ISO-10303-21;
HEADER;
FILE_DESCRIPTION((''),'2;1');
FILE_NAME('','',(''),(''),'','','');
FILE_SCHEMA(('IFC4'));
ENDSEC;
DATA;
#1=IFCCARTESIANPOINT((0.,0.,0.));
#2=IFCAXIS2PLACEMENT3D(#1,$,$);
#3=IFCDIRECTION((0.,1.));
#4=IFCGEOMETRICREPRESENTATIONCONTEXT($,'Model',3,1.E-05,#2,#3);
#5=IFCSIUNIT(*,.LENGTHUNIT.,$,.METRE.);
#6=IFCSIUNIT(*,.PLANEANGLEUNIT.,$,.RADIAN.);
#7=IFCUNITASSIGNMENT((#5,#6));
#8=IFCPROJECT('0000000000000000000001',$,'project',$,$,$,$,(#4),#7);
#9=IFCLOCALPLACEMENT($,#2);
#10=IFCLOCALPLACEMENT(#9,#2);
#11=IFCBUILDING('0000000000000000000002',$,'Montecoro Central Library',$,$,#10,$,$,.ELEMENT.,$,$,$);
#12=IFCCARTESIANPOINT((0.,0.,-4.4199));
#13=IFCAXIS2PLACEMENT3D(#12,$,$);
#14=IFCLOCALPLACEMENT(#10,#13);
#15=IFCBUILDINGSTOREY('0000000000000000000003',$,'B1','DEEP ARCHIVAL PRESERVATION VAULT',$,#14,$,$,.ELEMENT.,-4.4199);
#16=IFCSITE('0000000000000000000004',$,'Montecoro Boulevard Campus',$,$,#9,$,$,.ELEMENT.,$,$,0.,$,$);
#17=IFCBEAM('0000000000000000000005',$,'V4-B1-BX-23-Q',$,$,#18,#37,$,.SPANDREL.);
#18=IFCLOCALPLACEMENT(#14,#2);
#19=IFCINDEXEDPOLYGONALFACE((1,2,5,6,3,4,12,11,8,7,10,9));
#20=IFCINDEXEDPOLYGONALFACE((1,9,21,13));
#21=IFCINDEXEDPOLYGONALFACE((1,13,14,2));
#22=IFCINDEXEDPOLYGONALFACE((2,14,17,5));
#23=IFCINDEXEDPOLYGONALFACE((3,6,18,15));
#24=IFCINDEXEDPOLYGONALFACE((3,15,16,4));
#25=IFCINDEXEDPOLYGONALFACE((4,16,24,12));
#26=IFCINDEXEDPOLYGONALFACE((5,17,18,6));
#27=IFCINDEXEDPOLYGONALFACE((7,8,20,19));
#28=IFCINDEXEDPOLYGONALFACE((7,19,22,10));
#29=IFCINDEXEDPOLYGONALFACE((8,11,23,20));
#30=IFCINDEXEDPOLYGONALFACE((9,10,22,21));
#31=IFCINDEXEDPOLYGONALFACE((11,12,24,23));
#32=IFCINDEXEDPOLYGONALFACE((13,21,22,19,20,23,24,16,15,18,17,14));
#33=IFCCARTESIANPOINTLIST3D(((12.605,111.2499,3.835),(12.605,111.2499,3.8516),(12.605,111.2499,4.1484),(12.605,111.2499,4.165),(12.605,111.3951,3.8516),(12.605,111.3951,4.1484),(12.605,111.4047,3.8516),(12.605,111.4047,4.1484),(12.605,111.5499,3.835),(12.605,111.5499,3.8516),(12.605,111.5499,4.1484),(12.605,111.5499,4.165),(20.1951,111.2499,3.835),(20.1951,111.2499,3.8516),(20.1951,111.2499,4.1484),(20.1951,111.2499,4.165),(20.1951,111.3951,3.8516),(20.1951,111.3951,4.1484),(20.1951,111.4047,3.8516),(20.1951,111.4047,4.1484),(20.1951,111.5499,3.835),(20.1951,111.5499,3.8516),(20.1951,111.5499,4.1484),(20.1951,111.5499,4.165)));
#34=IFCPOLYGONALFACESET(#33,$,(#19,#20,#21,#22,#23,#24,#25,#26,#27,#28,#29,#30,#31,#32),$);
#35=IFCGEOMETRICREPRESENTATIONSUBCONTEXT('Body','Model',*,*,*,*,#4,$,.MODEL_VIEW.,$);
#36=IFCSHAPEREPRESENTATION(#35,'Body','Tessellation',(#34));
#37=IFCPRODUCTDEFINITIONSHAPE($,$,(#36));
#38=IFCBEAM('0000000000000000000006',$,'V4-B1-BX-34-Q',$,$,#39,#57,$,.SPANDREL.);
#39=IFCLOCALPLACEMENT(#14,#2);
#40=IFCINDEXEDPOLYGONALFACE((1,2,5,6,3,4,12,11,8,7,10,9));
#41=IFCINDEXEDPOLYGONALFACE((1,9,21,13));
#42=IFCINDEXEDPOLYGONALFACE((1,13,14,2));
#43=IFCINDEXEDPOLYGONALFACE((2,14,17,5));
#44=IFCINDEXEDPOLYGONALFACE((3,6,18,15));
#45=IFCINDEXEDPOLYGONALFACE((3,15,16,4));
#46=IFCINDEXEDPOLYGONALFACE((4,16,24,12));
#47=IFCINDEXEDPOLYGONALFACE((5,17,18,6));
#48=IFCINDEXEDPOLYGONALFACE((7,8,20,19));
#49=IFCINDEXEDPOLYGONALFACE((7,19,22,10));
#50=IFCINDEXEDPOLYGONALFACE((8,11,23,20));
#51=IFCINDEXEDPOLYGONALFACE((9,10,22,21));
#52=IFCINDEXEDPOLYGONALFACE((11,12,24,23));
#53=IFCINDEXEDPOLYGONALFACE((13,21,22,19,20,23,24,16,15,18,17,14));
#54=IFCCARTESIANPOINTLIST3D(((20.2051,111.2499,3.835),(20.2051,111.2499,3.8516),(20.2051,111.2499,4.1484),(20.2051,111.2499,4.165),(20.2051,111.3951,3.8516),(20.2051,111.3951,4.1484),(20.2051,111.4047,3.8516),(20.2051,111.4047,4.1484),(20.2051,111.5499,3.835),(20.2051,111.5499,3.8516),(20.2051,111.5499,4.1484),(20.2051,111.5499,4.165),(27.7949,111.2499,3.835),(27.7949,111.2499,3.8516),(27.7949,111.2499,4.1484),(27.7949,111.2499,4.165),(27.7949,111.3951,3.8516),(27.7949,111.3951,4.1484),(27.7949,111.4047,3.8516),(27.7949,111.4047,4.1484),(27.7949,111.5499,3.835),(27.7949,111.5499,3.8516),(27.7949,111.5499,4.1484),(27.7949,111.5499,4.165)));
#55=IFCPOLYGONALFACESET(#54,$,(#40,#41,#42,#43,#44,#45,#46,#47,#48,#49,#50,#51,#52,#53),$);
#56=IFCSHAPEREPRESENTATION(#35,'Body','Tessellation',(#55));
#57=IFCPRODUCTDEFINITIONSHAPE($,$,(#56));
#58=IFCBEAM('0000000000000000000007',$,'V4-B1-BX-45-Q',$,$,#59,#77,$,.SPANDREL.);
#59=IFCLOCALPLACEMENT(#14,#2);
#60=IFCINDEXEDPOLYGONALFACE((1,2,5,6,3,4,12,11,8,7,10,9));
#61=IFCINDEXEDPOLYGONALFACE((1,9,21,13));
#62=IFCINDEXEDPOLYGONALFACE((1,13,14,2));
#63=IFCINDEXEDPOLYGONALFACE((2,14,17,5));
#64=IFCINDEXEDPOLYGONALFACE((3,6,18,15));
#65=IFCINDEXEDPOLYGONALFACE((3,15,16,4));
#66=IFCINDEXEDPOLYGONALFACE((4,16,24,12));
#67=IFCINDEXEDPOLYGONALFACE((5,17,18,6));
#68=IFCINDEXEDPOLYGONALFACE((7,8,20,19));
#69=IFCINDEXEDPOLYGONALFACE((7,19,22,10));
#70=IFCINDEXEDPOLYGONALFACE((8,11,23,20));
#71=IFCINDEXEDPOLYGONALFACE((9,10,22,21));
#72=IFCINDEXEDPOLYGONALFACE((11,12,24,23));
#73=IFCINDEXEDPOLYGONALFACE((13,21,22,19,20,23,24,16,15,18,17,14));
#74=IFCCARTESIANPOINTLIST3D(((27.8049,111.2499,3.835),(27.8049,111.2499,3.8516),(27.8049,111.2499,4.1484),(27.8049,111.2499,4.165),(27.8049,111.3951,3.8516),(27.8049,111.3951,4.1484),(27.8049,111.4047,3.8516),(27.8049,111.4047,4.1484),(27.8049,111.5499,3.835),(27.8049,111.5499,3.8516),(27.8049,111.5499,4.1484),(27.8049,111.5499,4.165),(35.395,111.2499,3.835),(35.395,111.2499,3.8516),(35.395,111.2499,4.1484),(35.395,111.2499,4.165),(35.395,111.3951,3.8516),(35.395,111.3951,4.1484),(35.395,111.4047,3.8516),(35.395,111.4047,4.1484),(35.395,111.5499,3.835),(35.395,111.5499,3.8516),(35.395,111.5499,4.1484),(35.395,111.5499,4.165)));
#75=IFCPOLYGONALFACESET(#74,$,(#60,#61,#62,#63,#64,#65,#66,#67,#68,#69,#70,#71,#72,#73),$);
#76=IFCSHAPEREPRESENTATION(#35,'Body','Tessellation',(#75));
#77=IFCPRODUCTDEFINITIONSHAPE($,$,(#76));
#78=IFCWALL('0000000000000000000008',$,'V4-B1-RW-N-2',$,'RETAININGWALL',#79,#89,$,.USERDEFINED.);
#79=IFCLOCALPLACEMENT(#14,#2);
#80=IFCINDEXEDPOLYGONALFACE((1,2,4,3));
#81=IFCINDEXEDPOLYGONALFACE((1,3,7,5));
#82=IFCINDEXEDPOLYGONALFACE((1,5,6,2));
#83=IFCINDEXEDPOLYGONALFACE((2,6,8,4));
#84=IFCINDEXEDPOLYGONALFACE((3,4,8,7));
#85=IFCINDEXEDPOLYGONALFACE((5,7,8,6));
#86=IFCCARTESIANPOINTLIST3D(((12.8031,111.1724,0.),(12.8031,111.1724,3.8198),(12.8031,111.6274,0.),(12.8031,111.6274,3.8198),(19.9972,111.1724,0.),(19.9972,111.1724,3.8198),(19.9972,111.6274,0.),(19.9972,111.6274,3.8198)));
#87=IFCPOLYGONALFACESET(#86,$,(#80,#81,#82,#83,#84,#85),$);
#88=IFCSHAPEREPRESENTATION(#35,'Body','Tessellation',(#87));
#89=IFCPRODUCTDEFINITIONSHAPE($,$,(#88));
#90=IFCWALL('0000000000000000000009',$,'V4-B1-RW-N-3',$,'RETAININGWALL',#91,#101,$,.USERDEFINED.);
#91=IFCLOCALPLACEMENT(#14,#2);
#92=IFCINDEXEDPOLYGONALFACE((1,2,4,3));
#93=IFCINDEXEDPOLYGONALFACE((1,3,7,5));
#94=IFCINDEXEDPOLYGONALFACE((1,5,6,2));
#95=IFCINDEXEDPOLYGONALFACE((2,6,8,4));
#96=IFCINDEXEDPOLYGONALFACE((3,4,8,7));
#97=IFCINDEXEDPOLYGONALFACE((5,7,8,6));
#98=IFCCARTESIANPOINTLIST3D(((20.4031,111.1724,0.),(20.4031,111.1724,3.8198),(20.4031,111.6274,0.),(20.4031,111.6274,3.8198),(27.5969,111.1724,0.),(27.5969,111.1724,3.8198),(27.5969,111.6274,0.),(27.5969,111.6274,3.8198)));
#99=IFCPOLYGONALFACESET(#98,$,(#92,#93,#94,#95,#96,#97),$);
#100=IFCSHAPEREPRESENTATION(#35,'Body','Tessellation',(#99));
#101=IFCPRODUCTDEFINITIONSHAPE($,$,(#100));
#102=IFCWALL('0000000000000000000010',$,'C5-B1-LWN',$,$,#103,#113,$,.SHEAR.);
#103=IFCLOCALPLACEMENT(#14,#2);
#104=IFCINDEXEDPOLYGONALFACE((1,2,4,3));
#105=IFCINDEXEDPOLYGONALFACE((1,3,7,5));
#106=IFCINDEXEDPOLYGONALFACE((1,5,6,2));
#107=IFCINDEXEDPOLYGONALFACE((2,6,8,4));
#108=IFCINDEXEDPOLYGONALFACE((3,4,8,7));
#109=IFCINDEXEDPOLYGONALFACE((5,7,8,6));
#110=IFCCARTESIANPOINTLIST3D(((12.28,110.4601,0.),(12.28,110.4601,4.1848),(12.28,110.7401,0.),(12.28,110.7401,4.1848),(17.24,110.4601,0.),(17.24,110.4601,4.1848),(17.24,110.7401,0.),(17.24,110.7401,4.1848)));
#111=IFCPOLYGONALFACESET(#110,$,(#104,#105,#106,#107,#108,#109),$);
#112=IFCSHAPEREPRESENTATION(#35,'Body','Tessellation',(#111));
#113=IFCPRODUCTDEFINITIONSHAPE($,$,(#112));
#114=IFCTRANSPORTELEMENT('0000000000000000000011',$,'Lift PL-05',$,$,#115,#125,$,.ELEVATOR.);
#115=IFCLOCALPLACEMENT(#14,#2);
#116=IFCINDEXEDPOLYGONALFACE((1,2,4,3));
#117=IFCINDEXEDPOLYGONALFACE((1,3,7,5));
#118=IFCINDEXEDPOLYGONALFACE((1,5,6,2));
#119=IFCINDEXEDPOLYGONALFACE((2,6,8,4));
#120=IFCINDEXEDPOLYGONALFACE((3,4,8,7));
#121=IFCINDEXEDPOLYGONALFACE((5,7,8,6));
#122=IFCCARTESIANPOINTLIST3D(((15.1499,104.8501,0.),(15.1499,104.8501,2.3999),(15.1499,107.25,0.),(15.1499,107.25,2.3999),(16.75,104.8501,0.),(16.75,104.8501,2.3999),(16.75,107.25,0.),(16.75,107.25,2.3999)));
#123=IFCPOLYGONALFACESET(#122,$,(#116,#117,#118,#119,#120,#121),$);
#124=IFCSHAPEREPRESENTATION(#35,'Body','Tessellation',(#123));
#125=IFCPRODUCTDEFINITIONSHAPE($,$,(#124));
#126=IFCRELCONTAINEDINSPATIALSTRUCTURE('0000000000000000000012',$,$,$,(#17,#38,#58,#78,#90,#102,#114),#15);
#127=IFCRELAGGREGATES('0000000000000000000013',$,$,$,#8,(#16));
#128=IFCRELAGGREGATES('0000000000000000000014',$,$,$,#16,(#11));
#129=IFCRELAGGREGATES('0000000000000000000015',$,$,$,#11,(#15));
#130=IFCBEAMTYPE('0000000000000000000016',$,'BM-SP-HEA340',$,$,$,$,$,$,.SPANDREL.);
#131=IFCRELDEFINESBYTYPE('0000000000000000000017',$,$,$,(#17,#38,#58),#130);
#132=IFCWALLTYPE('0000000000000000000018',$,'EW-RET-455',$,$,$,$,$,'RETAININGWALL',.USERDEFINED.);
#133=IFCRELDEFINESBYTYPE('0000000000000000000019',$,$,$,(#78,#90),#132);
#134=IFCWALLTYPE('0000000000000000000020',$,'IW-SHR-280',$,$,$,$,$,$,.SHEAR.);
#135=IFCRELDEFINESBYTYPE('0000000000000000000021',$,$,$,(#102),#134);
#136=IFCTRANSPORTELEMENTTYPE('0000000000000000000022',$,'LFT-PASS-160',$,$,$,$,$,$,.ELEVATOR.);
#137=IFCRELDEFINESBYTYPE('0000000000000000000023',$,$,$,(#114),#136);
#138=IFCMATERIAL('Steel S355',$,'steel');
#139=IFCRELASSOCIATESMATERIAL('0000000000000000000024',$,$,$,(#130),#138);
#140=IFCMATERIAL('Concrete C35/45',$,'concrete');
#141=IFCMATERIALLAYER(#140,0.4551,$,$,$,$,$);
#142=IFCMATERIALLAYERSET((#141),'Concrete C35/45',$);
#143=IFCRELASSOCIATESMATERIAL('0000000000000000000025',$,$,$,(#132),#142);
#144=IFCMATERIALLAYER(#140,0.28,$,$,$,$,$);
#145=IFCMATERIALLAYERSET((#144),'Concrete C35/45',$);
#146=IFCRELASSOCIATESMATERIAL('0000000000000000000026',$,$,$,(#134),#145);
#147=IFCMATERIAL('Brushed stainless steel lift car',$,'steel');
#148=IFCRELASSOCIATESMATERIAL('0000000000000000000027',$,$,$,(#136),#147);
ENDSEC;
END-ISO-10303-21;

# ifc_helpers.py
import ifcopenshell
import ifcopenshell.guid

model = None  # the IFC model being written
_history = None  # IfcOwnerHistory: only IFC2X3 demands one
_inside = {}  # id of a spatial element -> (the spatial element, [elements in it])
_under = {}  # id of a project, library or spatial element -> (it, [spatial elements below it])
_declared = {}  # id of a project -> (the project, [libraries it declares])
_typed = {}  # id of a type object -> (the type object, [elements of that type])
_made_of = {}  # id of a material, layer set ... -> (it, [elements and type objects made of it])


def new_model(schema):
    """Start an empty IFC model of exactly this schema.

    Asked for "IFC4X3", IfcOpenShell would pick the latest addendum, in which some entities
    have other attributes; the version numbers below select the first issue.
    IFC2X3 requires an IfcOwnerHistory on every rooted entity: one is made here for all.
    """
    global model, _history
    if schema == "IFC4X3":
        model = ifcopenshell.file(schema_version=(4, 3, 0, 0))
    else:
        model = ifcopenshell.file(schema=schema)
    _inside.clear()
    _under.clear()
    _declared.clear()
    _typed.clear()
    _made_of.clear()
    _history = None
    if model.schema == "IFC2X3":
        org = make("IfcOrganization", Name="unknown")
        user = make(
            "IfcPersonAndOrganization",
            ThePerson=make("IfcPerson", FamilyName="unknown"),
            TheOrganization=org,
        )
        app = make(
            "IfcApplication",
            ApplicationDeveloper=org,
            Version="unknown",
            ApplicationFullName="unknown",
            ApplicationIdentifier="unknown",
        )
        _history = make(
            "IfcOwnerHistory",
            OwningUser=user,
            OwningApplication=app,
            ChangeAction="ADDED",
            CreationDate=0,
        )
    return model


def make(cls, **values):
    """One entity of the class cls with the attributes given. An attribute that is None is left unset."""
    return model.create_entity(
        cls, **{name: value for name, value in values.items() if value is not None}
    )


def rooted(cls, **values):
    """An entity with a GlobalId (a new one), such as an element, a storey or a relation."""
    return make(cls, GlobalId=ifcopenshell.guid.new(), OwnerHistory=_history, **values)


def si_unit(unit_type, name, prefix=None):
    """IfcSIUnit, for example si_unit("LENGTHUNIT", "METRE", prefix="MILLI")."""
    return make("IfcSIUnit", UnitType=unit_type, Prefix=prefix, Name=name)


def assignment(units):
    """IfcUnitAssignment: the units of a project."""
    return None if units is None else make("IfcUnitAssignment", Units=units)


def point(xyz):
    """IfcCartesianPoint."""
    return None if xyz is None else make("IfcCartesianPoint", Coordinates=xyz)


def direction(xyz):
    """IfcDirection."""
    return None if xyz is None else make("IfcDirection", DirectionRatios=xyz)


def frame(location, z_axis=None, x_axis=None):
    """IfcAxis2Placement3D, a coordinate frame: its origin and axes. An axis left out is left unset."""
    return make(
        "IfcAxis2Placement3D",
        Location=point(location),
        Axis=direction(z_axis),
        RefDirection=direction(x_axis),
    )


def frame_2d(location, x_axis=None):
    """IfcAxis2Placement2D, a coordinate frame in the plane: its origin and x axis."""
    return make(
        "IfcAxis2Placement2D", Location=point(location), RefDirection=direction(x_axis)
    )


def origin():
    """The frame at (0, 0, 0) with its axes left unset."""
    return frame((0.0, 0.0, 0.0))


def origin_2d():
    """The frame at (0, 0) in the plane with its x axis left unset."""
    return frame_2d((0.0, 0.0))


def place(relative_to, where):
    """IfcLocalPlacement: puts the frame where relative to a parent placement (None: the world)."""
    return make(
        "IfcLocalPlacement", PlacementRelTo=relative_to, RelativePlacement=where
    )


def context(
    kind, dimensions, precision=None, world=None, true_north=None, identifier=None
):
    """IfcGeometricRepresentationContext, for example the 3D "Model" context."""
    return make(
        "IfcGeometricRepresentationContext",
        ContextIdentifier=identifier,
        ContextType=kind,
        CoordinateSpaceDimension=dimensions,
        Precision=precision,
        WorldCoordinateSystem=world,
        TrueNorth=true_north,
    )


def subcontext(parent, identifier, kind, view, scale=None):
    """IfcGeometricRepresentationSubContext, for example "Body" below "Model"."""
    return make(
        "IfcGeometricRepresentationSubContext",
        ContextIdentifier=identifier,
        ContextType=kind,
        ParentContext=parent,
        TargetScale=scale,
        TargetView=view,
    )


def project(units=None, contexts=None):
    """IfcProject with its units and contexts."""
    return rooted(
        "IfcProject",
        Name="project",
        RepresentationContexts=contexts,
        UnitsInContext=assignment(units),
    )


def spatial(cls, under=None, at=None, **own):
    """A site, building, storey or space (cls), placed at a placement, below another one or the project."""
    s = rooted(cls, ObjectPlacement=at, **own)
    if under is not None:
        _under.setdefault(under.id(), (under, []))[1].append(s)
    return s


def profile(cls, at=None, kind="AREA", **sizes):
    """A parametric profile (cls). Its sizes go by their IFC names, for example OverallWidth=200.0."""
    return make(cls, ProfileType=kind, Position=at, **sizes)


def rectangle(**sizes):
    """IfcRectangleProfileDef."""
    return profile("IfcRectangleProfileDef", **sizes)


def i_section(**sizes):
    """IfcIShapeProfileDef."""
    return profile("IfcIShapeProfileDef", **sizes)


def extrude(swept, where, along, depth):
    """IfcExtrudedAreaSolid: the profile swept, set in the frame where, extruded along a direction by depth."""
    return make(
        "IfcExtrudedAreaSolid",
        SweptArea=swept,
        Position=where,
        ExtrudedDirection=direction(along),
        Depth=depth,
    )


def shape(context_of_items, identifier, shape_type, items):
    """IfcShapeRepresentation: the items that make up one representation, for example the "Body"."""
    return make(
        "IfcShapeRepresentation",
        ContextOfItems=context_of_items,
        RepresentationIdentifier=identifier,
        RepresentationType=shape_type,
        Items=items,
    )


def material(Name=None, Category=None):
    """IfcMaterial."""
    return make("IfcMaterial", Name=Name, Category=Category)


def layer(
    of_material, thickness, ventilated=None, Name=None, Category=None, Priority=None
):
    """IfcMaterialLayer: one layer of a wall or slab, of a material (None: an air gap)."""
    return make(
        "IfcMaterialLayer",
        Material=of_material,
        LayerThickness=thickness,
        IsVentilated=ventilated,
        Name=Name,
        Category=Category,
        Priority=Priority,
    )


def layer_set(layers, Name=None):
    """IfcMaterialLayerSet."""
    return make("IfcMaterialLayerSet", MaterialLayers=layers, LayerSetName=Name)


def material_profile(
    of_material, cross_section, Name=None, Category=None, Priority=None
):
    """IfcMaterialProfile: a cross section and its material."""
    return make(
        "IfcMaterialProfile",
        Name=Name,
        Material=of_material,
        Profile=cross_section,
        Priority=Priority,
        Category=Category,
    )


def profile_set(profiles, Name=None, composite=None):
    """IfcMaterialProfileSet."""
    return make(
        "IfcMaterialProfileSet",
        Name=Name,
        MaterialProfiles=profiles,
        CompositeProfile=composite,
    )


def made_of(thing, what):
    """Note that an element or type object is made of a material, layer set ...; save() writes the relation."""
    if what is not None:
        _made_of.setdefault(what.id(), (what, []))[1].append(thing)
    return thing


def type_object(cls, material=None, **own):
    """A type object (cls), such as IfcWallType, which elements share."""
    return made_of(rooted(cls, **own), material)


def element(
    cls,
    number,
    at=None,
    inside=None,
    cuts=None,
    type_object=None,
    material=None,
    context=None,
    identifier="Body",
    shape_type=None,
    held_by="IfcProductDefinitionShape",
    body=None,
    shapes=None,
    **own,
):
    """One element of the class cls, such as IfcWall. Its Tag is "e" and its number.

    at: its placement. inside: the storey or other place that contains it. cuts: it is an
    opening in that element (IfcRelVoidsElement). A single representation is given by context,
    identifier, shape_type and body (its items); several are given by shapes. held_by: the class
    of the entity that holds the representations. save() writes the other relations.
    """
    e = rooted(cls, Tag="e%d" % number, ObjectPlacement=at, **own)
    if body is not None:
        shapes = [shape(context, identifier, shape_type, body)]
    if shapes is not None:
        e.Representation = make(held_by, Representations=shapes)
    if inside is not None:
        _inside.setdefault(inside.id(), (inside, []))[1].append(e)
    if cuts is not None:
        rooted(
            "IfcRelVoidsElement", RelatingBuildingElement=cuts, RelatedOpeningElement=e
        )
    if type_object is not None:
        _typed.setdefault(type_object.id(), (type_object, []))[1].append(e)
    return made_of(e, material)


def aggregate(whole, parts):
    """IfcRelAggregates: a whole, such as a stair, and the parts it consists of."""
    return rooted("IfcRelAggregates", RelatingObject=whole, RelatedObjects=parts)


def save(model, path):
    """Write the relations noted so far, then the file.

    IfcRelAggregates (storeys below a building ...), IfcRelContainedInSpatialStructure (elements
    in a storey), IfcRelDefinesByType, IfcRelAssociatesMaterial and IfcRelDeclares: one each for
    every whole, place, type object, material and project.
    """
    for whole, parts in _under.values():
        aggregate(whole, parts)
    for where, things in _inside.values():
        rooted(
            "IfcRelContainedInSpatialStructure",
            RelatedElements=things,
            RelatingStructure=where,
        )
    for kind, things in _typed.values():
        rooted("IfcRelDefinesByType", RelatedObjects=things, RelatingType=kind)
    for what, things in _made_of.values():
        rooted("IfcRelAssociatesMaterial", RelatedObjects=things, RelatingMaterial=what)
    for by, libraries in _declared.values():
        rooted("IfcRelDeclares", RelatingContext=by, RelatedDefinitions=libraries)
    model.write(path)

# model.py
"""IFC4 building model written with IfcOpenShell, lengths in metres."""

from ifc_helpers import new_model, si_unit, direction, frame, frame_2d, origin, origin_2d, place, context, subcontext, project, spatial, rectangle, i_section, extrude, material, layer, layer_set, material_profile, profile_set, type_object, element, save


model = new_model("IFC4")

# Units and contexts
model_context = context("Model", 3, precision=1e-05, world=origin(), true_north=direction((0.0, 1.0)))
body_context = subcontext(model_context, "Body", "Model", "MODEL_VIEW")
ifc_project = project(units=[si_unit("LENGTHUNIT", "METRE"), si_unit("PLANEANGLEUNIT", "RADIAN")], contexts=[model_context])

# Site, building, storey
site_placement = place(None, origin())
site = spatial("IfcSite", under=ifc_project, at=site_placement, Name="Montecoro Boulevard Campus", CompositionType="ELEMENT", RefElevation=0.0)
building_placement = place(site_placement, origin())
building = spatial("IfcBuilding", under=site, at=building_placement, Name="Montecoro Central Library", CompositionType="ELEMENT")
storey_placement = place(building_placement, frame((0.0, 0.0, -4.4199)))
storey = spatial("IfcBuildingStorey", under=building, at=storey_placement, Name="B1", Description="DEEP ARCHIVAL PRESERVATION VAULT", CompositionType="ELEMENT", Elevation=-4.4199)

# Shared definitions
ifc_material_1 = material(Name="Concrete C35/45", Category="concrete")

# Beams
ifc_material_2 = material(Name="Steel S355", Category="steel")
ifc_material_profile_1 = material_profile(ifc_material_2, i_section(OverallWidth=0.3, OverallDepth=0.3301, WebThickness=0.0095, FlangeThickness=0.0166, at=origin_2d()), Name="HEA 340")
ifc_profile_set_1 = profile_set([ifc_material_profile_1], Name="Steel S355")
beam_type = type_object("IfcBeamType", Name="BM-SP-HEA340", PredefinedType="SPANDREL", material=ifc_profile_set_1)
beam_1_placement = place(storey_placement, frame((12.605, 111.3999, 4.0), z_axis=(1.0, 0.0, 0.0), x_axis=(0.0, 1.0, 0.0)))
element("IfcBeam", 1, at=beam_1_placement, inside=storey, type_object=beam_type, Name="V4-B1-BX-23-Q", PredefinedType="SPANDREL", context=body_context, shape_type="SweptSolid", body=[
    extrude(i_section(OverallWidth=0.3, OverallDepth=0.3301, WebThickness=0.0095, FlangeThickness=0.0166, at=origin_2d()), origin(), (0.0, 0.0, 1.0), 7.5901),
])
beam_2_placement = place(storey_placement, frame((20.2051, 111.3999, 4.0), z_axis=(1.0, 0.0, 0.0), x_axis=(0.0, 1.0, 0.0)))
element("IfcBeam", 2, at=beam_2_placement, inside=storey, type_object=beam_type, Name="V4-B1-BX-34-Q", PredefinedType="SPANDREL", context=body_context, shape_type="SweptSolid", body=[
    extrude(i_section(OverallWidth=0.3, OverallDepth=0.3301, WebThickness=0.0095, FlangeThickness=0.0166, at=origin_2d()), origin(), (0.0, 0.0, 1.0), 7.5898),
])
beam_3_placement = place(storey_placement, frame((27.8049, 111.3999, 4.0), z_axis=(1.0, 0.0, 0.0), x_axis=(0.0, 1.0, 0.0)))
element("IfcBeam", 3, at=beam_3_placement, inside=storey, type_object=beam_type, Name="V4-B1-BX-45-Q", PredefinedType="SPANDREL", context=body_context, shape_type="SweptSolid", body=[
    extrude(i_section(OverallWidth=0.3, OverallDepth=0.3301, WebThickness=0.0095, FlangeThickness=0.0166, at=origin_2d()), origin(), (0.0, 0.0, 1.0), 7.5901),
])

# Walls
ifc_layer_1 = layer(ifc_material_1, 0.4551)
ifc_layer_set_1 = layer_set([ifc_layer_1], Name="Concrete C35/45")
wall_type_1 = type_object("IfcWallType", Name="EW-RET-455", ElementType="RETAININGWALL", PredefinedType="USERDEFINED", material=ifc_layer_set_1)
wall_1_placement = place(storey_placement, frame((12.803, 111.3999, 0.0), z_axis=(0.0, 0.0, 1.0), x_axis=(1.0, 0.0, 0.0)))
element("IfcWall", 4, at=wall_1_placement, inside=storey, type_object=wall_type_1, Name="V4-B1-RW-N-2", ObjectType="RETAININGWALL", PredefinedType="USERDEFINED", context=body_context, shape_type="SweptSolid", body=[
    extrude(rectangle(XDim=7.1941, YDim=0.4551, at=frame_2d((3.5972, 0.0))), origin(), (0.0, 0.0, 1.0), 3.8198),
])
wall_2_placement = place(storey_placement, frame((20.4031, 111.3999, 0.0), z_axis=(0.0, 0.0, 1.0), x_axis=(1.0, 0.0, 0.0)))
element("IfcWall", 5, at=wall_2_placement, inside=storey, type_object=wall_type_1, Name="V4-B1-RW-N-3", ObjectType="RETAININGWALL", PredefinedType="USERDEFINED", context=body_context, shape_type="SweptSolid", body=[
    extrude(rectangle(XDim=7.1938, YDim=0.4551, at=frame_2d((3.5969, 0.0))), origin(), (0.0, 0.0, 1.0), 3.8198),
])
ifc_layer_2 = layer(ifc_material_1, 0.28)
ifc_layer_set_2 = layer_set([ifc_layer_2], Name="Concrete C35/45")
wall_type_2 = type_object("IfcWallType", Name="IW-SHR-280", PredefinedType="SHEAR", material=ifc_layer_set_2)
wall_3_placement = place(storey_placement, frame((17.24, 110.6001, 0.0), z_axis=(0.0, 0.0, 1.0), x_axis=(-1.0, 0.0, 0.0)))
element("IfcWall", 6, at=wall_3_placement, inside=storey, type_object=wall_type_2, Name="C5-B1-LWN", PredefinedType="SHEAR", context=body_context, shape_type="SweptSolid", body=[
    extrude(rectangle(XDim=4.96, YDim=0.28, at=frame_2d((2.48, 0.0))), origin(), (0.0, 0.0, 1.0), 4.1848),
])

# Transport element
ifc_material_3 = material(Name="Brushed stainless steel lift car", Category="steel")
transport_element_type = type_object("IfcTransportElementType", Name="LFT-PASS-160", PredefinedType="ELEVATOR", material=ifc_material_3)
transport_element_placement = place(storey_placement, frame((15.95, 106.05, 0.0), z_axis=(0.0, 0.0, 1.0), x_axis=(1.0, 0.0, 0.0)))
element("IfcTransportElement", 7, at=transport_element_placement, inside=storey, type_object=transport_element_type, Name="Lift PL-05", PredefinedType="ELEVATOR", context=body_context, shape_type="SweptSolid", body=[
    extrude(rectangle(XDim=1.6001, YDim=2.3999, at=origin_2d()), origin(), (0.0, 0.0, 1.0), 2.3999),
])

save(model, "model.ifc")
